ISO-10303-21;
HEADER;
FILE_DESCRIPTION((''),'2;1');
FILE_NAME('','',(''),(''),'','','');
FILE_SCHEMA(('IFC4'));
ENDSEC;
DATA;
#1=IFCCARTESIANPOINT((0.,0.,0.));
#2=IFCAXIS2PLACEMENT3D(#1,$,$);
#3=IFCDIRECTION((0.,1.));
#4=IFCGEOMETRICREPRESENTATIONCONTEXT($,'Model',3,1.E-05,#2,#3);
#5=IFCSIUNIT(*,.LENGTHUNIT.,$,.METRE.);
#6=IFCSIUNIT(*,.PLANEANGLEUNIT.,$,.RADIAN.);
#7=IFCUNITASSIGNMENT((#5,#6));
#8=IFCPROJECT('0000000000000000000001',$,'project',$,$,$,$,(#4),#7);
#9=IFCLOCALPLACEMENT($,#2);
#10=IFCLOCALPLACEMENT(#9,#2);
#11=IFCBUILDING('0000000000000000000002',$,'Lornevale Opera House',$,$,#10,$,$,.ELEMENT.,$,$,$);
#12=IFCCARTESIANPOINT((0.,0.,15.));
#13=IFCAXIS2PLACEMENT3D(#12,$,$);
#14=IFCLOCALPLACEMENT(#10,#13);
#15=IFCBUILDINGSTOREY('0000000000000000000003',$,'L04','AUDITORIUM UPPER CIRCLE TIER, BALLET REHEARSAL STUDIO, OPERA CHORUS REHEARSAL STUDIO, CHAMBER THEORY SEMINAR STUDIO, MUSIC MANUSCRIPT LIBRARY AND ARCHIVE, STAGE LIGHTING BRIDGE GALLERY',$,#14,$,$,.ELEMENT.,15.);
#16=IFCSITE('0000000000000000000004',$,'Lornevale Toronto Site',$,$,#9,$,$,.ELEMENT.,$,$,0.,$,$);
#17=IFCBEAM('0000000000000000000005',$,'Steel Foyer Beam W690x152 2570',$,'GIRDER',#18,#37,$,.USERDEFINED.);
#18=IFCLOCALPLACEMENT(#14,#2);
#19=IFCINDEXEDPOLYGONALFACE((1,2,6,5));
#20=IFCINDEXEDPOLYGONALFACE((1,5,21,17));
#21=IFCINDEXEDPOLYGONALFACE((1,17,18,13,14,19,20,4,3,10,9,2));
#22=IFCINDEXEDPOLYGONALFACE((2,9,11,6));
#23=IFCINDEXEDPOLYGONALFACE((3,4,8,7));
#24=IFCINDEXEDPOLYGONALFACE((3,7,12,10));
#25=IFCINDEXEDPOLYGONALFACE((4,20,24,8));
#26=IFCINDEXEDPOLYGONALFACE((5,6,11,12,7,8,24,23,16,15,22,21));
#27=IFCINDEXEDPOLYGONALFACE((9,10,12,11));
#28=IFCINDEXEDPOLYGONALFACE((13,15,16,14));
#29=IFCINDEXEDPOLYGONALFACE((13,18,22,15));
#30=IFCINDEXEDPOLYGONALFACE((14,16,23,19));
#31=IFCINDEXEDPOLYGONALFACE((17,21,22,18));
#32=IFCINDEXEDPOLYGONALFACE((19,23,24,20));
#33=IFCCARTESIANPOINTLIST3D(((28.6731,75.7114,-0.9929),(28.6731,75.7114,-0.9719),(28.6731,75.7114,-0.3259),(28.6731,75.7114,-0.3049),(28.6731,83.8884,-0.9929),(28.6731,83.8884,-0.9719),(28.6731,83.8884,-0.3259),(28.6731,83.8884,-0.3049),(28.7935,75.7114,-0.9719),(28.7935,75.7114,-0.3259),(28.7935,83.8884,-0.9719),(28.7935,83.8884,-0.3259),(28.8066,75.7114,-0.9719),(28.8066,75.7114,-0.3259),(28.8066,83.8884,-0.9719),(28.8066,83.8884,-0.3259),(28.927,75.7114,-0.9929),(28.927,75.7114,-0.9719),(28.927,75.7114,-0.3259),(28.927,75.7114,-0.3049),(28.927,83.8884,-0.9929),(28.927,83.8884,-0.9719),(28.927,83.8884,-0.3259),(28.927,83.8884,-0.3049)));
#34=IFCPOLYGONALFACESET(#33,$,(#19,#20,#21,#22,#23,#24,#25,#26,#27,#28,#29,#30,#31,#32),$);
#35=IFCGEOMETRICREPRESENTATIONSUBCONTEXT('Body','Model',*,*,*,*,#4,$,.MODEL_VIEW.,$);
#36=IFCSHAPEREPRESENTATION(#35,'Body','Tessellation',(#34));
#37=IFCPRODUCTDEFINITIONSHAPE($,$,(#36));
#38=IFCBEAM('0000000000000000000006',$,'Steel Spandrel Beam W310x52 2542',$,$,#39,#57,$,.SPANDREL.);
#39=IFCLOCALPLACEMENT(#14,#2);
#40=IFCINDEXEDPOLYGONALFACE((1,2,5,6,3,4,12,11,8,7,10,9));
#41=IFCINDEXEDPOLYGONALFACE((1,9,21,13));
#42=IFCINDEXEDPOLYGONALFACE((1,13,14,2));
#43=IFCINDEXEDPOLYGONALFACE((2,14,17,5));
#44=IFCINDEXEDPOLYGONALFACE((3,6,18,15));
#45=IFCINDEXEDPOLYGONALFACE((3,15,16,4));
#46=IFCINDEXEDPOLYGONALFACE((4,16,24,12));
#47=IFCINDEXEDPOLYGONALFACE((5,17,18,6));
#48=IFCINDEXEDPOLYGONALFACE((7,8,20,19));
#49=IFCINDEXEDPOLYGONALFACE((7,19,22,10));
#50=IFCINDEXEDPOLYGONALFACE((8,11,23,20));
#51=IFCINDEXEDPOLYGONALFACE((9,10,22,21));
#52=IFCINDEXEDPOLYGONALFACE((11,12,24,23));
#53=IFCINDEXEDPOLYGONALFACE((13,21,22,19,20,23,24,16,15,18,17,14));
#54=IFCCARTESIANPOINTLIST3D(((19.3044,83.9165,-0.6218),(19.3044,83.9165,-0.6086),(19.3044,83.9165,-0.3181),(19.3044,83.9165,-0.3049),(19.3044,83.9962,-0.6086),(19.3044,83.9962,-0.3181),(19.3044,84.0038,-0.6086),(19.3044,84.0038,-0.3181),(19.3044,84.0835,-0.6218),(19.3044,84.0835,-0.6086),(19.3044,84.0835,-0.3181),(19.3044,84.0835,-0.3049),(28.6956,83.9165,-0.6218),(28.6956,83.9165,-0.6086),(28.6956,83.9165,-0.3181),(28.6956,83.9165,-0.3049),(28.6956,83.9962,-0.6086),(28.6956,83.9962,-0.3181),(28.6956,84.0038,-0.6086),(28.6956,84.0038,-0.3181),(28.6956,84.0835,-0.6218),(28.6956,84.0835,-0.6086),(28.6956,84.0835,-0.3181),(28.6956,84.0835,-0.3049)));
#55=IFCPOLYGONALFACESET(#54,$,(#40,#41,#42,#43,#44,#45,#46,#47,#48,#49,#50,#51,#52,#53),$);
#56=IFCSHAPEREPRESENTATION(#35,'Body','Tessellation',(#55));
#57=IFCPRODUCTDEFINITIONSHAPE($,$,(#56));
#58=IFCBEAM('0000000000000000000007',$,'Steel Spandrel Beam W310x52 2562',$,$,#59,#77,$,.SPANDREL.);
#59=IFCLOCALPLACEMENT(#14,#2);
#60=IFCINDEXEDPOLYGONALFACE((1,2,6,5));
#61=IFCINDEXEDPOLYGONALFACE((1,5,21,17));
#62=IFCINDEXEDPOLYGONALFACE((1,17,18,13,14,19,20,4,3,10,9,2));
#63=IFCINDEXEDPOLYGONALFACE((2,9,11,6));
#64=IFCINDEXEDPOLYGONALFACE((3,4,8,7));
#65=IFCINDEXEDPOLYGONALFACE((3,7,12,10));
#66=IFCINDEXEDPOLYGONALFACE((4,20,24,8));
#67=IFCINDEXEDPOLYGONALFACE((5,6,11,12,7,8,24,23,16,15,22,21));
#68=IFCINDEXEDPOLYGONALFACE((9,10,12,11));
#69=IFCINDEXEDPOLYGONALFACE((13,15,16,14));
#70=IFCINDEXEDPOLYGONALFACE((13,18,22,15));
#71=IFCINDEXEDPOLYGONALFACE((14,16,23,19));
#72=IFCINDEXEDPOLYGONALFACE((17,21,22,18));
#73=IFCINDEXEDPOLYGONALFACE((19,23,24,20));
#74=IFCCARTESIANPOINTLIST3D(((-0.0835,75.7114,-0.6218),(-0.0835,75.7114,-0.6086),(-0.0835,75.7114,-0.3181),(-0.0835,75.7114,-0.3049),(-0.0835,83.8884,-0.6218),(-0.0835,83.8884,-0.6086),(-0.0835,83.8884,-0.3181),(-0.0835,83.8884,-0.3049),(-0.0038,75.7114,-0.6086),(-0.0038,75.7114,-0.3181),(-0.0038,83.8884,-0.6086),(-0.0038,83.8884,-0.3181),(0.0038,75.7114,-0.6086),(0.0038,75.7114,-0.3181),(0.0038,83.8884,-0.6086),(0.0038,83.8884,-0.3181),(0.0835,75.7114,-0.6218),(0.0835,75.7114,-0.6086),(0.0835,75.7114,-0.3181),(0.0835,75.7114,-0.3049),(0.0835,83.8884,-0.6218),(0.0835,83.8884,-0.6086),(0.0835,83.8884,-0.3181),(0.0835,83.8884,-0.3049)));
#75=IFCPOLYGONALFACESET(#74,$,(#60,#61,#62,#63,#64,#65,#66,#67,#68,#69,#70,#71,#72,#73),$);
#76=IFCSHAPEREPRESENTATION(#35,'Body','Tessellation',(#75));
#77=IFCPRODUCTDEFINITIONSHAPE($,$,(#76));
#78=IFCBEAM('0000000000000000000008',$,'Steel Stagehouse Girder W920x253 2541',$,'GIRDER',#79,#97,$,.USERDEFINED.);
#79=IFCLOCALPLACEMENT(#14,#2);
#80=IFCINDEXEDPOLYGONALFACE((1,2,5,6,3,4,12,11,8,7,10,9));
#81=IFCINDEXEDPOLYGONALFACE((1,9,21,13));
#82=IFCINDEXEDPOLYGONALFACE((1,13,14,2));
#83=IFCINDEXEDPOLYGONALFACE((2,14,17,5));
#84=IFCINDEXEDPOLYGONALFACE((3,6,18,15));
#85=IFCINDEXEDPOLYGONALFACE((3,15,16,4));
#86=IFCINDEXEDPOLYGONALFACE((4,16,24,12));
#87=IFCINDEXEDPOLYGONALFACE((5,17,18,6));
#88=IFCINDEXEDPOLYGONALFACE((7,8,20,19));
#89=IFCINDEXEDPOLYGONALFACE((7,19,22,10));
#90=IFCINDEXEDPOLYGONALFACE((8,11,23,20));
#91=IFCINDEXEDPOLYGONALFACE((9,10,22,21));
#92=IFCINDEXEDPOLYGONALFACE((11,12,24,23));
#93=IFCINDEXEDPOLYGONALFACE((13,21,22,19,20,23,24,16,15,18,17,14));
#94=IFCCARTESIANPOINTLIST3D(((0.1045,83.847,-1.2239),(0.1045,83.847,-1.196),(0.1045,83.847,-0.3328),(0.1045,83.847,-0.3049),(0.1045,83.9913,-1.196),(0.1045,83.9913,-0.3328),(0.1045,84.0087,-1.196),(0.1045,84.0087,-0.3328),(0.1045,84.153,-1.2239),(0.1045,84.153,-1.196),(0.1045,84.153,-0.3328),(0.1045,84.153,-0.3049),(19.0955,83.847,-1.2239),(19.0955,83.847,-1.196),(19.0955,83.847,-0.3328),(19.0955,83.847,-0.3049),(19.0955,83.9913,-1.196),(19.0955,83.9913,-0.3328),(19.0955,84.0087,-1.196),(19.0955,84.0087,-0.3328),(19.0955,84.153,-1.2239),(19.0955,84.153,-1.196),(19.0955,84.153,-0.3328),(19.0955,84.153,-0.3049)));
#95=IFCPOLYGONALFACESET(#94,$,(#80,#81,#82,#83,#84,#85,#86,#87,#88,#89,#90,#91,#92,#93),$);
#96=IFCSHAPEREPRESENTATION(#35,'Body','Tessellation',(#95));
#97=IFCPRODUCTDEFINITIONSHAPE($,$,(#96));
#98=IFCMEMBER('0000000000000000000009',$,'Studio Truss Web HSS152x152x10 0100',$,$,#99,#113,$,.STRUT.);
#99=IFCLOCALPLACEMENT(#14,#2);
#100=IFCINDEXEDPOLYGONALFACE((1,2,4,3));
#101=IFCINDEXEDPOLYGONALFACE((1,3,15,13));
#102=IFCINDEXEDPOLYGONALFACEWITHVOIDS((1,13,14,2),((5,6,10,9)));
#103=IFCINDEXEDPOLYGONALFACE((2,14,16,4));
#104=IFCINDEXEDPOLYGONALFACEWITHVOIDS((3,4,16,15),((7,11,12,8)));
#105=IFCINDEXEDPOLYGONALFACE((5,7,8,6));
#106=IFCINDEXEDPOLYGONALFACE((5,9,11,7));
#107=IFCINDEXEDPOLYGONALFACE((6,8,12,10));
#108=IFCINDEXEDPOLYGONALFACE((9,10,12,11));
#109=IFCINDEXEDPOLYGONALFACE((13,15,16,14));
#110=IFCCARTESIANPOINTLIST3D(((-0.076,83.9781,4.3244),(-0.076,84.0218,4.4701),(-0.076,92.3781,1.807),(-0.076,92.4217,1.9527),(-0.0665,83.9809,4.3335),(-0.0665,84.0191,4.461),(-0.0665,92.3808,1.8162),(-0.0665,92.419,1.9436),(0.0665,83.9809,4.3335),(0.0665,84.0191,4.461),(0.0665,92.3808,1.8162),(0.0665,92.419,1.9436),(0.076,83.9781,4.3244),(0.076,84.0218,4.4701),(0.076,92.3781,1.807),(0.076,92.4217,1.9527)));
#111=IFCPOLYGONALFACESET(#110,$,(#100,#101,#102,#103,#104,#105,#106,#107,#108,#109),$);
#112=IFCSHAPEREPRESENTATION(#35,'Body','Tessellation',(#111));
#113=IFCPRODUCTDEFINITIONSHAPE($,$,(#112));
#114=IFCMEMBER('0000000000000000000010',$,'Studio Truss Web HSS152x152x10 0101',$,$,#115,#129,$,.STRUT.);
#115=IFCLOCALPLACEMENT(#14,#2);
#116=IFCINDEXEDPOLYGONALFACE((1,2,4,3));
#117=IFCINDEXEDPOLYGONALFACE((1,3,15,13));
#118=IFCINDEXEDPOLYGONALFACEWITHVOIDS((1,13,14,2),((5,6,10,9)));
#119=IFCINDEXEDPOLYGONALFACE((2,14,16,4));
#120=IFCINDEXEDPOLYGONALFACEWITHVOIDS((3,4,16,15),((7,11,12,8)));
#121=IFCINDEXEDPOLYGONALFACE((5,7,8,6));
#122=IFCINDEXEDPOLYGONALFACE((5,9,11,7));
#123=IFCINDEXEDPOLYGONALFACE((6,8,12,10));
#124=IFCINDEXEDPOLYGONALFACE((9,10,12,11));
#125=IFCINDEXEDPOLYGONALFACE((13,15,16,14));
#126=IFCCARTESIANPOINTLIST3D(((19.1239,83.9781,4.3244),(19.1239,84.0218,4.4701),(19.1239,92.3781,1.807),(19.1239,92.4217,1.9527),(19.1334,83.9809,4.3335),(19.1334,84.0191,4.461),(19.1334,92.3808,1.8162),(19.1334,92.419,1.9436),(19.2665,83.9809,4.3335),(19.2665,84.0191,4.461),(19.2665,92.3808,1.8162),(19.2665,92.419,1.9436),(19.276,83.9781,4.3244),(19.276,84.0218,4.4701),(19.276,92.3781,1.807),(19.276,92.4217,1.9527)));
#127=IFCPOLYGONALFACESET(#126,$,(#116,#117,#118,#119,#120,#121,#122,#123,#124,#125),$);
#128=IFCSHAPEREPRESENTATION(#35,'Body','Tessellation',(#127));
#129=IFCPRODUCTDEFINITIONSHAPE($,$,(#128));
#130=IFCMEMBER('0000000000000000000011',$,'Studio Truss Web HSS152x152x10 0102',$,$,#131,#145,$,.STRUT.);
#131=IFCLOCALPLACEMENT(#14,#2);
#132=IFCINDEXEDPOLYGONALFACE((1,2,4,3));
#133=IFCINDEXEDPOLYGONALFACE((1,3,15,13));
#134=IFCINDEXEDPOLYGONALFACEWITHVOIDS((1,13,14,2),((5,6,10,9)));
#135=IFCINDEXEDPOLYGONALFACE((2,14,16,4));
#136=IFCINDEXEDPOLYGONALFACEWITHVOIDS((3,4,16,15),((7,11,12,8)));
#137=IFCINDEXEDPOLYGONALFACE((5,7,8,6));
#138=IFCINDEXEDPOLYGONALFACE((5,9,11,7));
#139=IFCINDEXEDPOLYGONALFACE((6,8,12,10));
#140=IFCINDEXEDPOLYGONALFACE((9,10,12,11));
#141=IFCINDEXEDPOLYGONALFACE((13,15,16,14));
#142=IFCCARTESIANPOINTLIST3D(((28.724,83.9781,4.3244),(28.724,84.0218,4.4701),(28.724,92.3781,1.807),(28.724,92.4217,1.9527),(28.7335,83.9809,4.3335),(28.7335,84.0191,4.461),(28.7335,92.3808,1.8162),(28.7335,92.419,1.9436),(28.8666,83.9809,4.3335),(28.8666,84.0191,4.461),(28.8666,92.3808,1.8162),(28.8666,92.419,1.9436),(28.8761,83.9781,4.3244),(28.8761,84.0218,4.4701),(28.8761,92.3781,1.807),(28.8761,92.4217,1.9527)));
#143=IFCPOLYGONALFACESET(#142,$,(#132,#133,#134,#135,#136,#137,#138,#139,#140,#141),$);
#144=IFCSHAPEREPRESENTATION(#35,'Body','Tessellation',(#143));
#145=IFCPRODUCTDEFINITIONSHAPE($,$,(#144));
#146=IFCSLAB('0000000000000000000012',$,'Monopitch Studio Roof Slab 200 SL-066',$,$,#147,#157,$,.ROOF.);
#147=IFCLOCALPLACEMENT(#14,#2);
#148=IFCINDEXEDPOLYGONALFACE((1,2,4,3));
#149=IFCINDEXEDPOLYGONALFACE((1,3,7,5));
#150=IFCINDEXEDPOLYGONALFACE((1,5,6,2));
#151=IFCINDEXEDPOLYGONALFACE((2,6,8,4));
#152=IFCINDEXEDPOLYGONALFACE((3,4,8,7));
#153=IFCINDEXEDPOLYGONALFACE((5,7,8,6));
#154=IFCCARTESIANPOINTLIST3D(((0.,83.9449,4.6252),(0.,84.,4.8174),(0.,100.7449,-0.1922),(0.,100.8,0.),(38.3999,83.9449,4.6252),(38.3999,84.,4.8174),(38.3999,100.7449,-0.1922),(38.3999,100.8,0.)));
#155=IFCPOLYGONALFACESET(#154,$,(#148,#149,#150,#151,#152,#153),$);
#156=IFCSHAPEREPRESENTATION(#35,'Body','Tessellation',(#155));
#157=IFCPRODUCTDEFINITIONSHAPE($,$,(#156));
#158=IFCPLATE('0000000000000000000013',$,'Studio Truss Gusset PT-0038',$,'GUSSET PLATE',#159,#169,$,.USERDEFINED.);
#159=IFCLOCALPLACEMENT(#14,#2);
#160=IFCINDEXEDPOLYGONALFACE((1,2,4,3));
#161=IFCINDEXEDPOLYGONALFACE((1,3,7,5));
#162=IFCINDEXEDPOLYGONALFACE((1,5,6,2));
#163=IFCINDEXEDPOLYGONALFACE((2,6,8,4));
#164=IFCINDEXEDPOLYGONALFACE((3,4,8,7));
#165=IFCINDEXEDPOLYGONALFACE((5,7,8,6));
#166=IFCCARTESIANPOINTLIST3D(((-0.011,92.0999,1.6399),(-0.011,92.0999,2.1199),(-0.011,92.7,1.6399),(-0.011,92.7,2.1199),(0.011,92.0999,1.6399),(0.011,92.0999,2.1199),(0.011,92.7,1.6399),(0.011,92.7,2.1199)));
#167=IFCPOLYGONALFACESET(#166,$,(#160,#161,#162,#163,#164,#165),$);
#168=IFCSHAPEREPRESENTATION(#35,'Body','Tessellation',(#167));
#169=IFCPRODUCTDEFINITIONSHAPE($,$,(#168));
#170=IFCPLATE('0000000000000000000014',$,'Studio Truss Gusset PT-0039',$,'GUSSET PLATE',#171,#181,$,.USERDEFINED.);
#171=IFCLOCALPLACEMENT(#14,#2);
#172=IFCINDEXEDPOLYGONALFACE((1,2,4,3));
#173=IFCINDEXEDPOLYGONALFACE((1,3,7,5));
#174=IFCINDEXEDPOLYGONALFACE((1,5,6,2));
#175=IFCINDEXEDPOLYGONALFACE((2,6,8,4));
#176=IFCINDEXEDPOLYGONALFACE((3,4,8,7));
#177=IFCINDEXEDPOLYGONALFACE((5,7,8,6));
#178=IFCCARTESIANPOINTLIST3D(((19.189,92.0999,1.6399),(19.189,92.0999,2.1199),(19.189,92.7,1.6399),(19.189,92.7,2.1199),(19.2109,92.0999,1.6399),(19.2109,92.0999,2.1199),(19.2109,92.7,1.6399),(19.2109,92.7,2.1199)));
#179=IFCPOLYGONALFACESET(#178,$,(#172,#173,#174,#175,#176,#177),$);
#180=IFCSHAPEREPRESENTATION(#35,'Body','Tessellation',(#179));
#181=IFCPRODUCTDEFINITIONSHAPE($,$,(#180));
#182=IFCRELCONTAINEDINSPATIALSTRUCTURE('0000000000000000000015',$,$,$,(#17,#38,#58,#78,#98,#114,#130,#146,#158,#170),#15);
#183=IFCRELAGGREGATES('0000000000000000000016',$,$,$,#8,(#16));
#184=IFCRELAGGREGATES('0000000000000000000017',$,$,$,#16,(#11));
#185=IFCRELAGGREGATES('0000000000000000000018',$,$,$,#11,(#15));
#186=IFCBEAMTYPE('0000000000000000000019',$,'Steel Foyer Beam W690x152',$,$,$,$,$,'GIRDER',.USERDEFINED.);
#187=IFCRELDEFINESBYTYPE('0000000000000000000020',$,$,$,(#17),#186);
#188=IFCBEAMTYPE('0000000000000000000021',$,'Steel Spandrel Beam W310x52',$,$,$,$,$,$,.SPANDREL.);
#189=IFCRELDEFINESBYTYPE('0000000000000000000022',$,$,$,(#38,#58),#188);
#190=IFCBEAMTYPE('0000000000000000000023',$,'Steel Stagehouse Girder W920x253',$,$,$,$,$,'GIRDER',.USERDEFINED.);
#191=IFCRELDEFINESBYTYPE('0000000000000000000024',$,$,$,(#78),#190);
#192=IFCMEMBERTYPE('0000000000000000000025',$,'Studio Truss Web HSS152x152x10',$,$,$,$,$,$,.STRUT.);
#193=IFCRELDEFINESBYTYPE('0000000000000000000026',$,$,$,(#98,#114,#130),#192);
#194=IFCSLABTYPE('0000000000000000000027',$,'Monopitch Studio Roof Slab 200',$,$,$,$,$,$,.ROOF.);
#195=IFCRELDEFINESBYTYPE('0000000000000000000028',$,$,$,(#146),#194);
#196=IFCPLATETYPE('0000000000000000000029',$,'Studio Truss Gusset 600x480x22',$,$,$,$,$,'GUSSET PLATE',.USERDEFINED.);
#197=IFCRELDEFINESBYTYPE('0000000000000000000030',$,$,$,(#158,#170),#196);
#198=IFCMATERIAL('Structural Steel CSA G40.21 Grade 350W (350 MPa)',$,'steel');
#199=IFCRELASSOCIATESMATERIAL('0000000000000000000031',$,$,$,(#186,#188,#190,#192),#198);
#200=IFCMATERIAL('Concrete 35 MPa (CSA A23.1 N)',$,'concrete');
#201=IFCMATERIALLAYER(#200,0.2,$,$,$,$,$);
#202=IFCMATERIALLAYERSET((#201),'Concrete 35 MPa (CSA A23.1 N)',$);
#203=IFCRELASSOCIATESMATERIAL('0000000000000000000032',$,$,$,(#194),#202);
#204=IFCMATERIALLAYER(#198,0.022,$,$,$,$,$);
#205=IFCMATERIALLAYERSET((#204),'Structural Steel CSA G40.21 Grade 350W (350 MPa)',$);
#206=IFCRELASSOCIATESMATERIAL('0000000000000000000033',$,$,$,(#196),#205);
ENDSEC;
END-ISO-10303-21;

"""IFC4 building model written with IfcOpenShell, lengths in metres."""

from ifc_helpers import new_model, si_unit, direction, frame, origin, origin_2d, place, context, subcontext, project, spatial, polyline, rectangle, hollow_rectangle, i_section, outline, extrude, material, layer, layer_set, material_profile, profile_set, type_object, element, save


model = new_model("IFC4")

# Units and contexts
model_context = context("Model", 3, precision=1e-05, world=origin(), true_north=direction((0.0, 1.0)))
body_context = subcontext(model_context, "Body", "Model", "MODEL_VIEW")
ifc_project = project(units=[si_unit("LENGTHUNIT", "METRE"), si_unit("PLANEANGLEUNIT", "RADIAN")], contexts=[model_context])

# Site, building, storey
site_placement = place(None, origin())
site = spatial("IfcSite", under=ifc_project, at=site_placement, Name="Lornevale Toronto Site", CompositionType="ELEMENT", RefElevation=0.0)
building_placement = place(site_placement, origin())
building = spatial("IfcBuilding", under=site, at=building_placement, Name="Lornevale Opera House", CompositionType="ELEMENT")
storey_placement = place(building_placement, frame((0.0, 0.0, 15.0)))
storey = spatial("IfcBuildingStorey", under=building, at=storey_placement, Name="L04", Description="AUDITORIUM UPPER CIRCLE TIER, BALLET REHEARSAL STUDIO, OPERA CHORUS REHEARSAL STUDIO, CHAMBER THEORY SEMINAR STUDIO, MUSIC MANUSCRIPT LIBRARY AND ARCHIVE, STAGE LIGHTING BRIDGE GALLERY", CompositionType="ELEMENT", Elevation=15.0)

# Shared definitions
ifc_material_1 = material(Name="Structural Steel CSA G40.21 Grade 350W (350 MPa)", Category="steel")

# Beams
ifc_material_profile_1 = material_profile(ifc_material_1, i_section(OverallWidth=0.2539, OverallDepth=0.688, WebThickness=0.0132, FlangeThickness=0.021, at=origin_2d()), Name="W690x152")
ifc_profile_set_1 = profile_set([ifc_material_profile_1], Name="Structural Steel CSA G40.21 Grade 350W (350 MPa)")
beam_type_1 = type_object("IfcBeamType", Name="Steel Foyer Beam W690x152", ElementType="GIRDER", PredefinedType="USERDEFINED", material=ifc_profile_set_1)
for number, where, z_axis, x_axis, name in (
    (1, (28.8, 75.7114, -0.6489), (0.0, 1.0, 0.0), (-1.0, 0.0, 0.0), "Steel Foyer Beam W690x152 2570"),
):
    element("IfcBeam", number, at=place(storey_placement, frame(where, z_axis=z_axis, x_axis=x_axis)), inside=storey, type_object=beam_type_1, Name=name, ObjectType="GIRDER", PredefinedType="USERDEFINED", context=body_context, shape_type="SweptSolid", body=[
        extrude(i_section(OverallWidth=0.2539, OverallDepth=0.688, WebThickness=0.0132, FlangeThickness=0.021, at=origin_2d()), origin(), (0.0, 0.0, 1.0), 8.177),
    ])
ifc_material_profile_2 = material_profile(ifc_material_1, i_section(OverallWidth=0.167, OverallDepth=0.3169, WebThickness=0.0076, FlangeThickness=0.0132, at=origin_2d()), Name="W310x52")
ifc_profile_set_2 = profile_set([ifc_material_profile_2], Name="Structural Steel CSA G40.21 Grade 350W (350 MPa)")
beam_type_2 = type_object("IfcBeamType", Name="Steel Spandrel Beam W310x52", PredefinedType="SPANDREL", material=ifc_profile_set_2)
beam_1_placement = place(storey_placement, frame((19.3044, 84.0, -0.4634), z_axis=(1.0, 0.0, 0.0), x_axis=(0.0, 1.0, 0.0)))
element("IfcBeam", 2, at=beam_1_placement, inside=storey, type_object=beam_type_2, Name="Steel Spandrel Beam W310x52 2542", PredefinedType="SPANDREL", context=body_context, shape_type="SweptSolid", body=[
    extrude(i_section(OverallWidth=0.167, OverallDepth=0.3169, WebThickness=0.0076, FlangeThickness=0.0132, at=origin_2d()), origin(), (0.0, 0.0, 1.0), 9.3911),
])
beam_2_placement = place(storey_placement, frame((0.0, 75.7114, -0.4634), z_axis=(0.0, 1.0, 0.0), x_axis=(-1.0, 0.0, 0.0)))
element("IfcBeam", 3, at=beam_2_placement, inside=storey, type_object=beam_type_2, Name="Steel Spandrel Beam W310x52 2562", PredefinedType="SPANDREL", context=body_context, shape_type="SweptSolid", body=[
    extrude(i_section(OverallWidth=0.167, OverallDepth=0.3169, WebThickness=0.0076, FlangeThickness=0.0132, at=origin_2d()), origin(), (0.0, 0.0, 1.0), 8.177),
])
ifc_material_profile_3 = material_profile(ifc_material_1, i_section(OverallWidth=0.3059, OverallDepth=0.9189, WebThickness=0.0173, FlangeThickness=0.0278, at=origin_2d()), Name="W920x253")
ifc_profile_set_3 = profile_set([ifc_material_profile_3], Name="Structural Steel CSA G40.21 Grade 350W (350 MPa)")
beam_type_3 = type_object("IfcBeamType", Name="Steel Stagehouse Girder W920x253", ElementType="GIRDER", PredefinedType="USERDEFINED", material=ifc_profile_set_3)
beam_3_placement = place(storey_placement, frame((0.1045, 84.0, -0.7644), z_axis=(1.0, 0.0, 0.0), x_axis=(0.0, 1.0, 0.0)))
element("IfcBeam", 4, at=beam_3_placement, inside=storey, type_object=beam_type_3, Name="Steel Stagehouse Girder W920x253 2541", ObjectType="GIRDER", PredefinedType="USERDEFINED", context=body_context, shape_type="SweptSolid", body=[
    extrude(i_section(OverallWidth=0.3059, OverallDepth=0.9189, WebThickness=0.0173, FlangeThickness=0.0278, at=origin_2d()), origin(), (0.0, 0.0, 1.0), 18.991),
])

# Members
ifc_material_profile_4 = material_profile(ifc_material_1, hollow_rectangle(XDim=0.1521, YDim=0.1521, WallThickness=0.0095, at=origin_2d()), Name="HSS152x152x10")
ifc_profile_set_4 = profile_set([ifc_material_profile_4], Name="Structural Steel CSA G40.21 Grade 350W (350 MPa)")
member_type = type_object("IfcMemberType", Name="Studio Truss Web HSS152x152x10", PredefinedType="STRUT", material=ifc_profile_set_4)
for number, where, z_axis, x_axis, name in (
    (5, (0.0, 92.3999, 1.8799), (0.0, -0.957909, 0.287072), (1.0, 0.0, 0.0), "Studio Truss Web HSS152x152x10 0100"),
    (6, (19.2, 92.3999, 1.8799), (0.0, -0.957909, 0.287072), (1.0, 0.0, 0.0), "Studio Truss Web HSS152x152x10 0101"),
    (7, (28.8, 92.3999, 1.8799), (0.0, -0.957909, 0.287072), (1.0, 0.0, 0.0), "Studio Truss Web HSS152x152x10 0102"),
):
    element("IfcMember", number, at=place(storey_placement, frame(where, z_axis=z_axis, x_axis=x_axis)), inside=storey, type_object=member_type, Name=name, PredefinedType="STRUT", context=body_context, shape_type="SweptSolid", body=[
        extrude(hollow_rectangle(XDim=0.1521, YDim=0.1521, WallThickness=0.0095, at=origin_2d()), origin(), (0.0, 0.0, 1.0), 8.769),
    ])

# Slab
ifc_material_2 = material(Name="Concrete 35 MPa (CSA A23.1 N)", Category="concrete")
ifc_layer_1 = layer(ifc_material_2, 0.2)
ifc_layer_set_1 = layer_set([ifc_layer_1], Name="Concrete 35 MPa (CSA A23.1 N)")
slab_type = type_object("IfcSlabType", Name="Monopitch Studio Roof Slab 200", PredefinedType="ROOF", material=ifc_layer_set_1)
slab_placement = place(storey_placement, frame((0.0, 84.0, 4.8174), z_axis=(0.0, 0.27564, 0.961261), x_axis=(1.0, 0.0, 0.0)))
element("IfcSlab", 8, at=slab_placement, inside=storey, type_object=slab_type, Name="Monopitch Studio Roof Slab 200 SL-066", PredefinedType="ROOF", context=body_context, shape_type="SweptSolid", body=[
    extrude(outline(polyline([(0.0, 0.0), (38.3999, 0.0), (38.3999, 17.4771), (0.0, 17.4771), (0.0, 0.0)])), origin(), (0.0, 0.0, -1.0), 0.2),
])

# Plates
ifc_layer_2 = layer(ifc_material_1, 0.022)
ifc_layer_set_2 = layer_set([ifc_layer_2], Name="Structural Steel CSA G40.21 Grade 350W (350 MPa)")
plate_type = type_object("IfcPlateType", Name="Studio Truss Gusset 600x480x22", ElementType="GUSSET PLATE", PredefinedType="USERDEFINED", material=ifc_layer_set_2)
for number, where, z_axis, x_axis, name in (
    (9, (0.0, 92.3999, 1.6399), (0.0, 0.0, 1.0), (0.0, 1.0, 0.0), "Studio Truss Gusset PT-0038"),
    (10, (19.2, 92.3999, 1.6399), (0.0, 0.0, 1.0), (0.0, 1.0, 0.0), "Studio Truss Gusset PT-0039"),
):
    element("IfcPlate", number, at=place(storey_placement, frame(where, z_axis=z_axis, x_axis=x_axis)), inside=storey, type_object=plate_type, Name=name, ObjectType="GUSSET PLATE", PredefinedType="USERDEFINED", context=body_context, shape_type="SweptSolid", body=[
        extrude(rectangle(XDim=0.6001, YDim=0.022, at=origin_2d()), origin(), (0.0, 0.0, 1.0), 0.48),
    ])

save(model, "model.ifc")
